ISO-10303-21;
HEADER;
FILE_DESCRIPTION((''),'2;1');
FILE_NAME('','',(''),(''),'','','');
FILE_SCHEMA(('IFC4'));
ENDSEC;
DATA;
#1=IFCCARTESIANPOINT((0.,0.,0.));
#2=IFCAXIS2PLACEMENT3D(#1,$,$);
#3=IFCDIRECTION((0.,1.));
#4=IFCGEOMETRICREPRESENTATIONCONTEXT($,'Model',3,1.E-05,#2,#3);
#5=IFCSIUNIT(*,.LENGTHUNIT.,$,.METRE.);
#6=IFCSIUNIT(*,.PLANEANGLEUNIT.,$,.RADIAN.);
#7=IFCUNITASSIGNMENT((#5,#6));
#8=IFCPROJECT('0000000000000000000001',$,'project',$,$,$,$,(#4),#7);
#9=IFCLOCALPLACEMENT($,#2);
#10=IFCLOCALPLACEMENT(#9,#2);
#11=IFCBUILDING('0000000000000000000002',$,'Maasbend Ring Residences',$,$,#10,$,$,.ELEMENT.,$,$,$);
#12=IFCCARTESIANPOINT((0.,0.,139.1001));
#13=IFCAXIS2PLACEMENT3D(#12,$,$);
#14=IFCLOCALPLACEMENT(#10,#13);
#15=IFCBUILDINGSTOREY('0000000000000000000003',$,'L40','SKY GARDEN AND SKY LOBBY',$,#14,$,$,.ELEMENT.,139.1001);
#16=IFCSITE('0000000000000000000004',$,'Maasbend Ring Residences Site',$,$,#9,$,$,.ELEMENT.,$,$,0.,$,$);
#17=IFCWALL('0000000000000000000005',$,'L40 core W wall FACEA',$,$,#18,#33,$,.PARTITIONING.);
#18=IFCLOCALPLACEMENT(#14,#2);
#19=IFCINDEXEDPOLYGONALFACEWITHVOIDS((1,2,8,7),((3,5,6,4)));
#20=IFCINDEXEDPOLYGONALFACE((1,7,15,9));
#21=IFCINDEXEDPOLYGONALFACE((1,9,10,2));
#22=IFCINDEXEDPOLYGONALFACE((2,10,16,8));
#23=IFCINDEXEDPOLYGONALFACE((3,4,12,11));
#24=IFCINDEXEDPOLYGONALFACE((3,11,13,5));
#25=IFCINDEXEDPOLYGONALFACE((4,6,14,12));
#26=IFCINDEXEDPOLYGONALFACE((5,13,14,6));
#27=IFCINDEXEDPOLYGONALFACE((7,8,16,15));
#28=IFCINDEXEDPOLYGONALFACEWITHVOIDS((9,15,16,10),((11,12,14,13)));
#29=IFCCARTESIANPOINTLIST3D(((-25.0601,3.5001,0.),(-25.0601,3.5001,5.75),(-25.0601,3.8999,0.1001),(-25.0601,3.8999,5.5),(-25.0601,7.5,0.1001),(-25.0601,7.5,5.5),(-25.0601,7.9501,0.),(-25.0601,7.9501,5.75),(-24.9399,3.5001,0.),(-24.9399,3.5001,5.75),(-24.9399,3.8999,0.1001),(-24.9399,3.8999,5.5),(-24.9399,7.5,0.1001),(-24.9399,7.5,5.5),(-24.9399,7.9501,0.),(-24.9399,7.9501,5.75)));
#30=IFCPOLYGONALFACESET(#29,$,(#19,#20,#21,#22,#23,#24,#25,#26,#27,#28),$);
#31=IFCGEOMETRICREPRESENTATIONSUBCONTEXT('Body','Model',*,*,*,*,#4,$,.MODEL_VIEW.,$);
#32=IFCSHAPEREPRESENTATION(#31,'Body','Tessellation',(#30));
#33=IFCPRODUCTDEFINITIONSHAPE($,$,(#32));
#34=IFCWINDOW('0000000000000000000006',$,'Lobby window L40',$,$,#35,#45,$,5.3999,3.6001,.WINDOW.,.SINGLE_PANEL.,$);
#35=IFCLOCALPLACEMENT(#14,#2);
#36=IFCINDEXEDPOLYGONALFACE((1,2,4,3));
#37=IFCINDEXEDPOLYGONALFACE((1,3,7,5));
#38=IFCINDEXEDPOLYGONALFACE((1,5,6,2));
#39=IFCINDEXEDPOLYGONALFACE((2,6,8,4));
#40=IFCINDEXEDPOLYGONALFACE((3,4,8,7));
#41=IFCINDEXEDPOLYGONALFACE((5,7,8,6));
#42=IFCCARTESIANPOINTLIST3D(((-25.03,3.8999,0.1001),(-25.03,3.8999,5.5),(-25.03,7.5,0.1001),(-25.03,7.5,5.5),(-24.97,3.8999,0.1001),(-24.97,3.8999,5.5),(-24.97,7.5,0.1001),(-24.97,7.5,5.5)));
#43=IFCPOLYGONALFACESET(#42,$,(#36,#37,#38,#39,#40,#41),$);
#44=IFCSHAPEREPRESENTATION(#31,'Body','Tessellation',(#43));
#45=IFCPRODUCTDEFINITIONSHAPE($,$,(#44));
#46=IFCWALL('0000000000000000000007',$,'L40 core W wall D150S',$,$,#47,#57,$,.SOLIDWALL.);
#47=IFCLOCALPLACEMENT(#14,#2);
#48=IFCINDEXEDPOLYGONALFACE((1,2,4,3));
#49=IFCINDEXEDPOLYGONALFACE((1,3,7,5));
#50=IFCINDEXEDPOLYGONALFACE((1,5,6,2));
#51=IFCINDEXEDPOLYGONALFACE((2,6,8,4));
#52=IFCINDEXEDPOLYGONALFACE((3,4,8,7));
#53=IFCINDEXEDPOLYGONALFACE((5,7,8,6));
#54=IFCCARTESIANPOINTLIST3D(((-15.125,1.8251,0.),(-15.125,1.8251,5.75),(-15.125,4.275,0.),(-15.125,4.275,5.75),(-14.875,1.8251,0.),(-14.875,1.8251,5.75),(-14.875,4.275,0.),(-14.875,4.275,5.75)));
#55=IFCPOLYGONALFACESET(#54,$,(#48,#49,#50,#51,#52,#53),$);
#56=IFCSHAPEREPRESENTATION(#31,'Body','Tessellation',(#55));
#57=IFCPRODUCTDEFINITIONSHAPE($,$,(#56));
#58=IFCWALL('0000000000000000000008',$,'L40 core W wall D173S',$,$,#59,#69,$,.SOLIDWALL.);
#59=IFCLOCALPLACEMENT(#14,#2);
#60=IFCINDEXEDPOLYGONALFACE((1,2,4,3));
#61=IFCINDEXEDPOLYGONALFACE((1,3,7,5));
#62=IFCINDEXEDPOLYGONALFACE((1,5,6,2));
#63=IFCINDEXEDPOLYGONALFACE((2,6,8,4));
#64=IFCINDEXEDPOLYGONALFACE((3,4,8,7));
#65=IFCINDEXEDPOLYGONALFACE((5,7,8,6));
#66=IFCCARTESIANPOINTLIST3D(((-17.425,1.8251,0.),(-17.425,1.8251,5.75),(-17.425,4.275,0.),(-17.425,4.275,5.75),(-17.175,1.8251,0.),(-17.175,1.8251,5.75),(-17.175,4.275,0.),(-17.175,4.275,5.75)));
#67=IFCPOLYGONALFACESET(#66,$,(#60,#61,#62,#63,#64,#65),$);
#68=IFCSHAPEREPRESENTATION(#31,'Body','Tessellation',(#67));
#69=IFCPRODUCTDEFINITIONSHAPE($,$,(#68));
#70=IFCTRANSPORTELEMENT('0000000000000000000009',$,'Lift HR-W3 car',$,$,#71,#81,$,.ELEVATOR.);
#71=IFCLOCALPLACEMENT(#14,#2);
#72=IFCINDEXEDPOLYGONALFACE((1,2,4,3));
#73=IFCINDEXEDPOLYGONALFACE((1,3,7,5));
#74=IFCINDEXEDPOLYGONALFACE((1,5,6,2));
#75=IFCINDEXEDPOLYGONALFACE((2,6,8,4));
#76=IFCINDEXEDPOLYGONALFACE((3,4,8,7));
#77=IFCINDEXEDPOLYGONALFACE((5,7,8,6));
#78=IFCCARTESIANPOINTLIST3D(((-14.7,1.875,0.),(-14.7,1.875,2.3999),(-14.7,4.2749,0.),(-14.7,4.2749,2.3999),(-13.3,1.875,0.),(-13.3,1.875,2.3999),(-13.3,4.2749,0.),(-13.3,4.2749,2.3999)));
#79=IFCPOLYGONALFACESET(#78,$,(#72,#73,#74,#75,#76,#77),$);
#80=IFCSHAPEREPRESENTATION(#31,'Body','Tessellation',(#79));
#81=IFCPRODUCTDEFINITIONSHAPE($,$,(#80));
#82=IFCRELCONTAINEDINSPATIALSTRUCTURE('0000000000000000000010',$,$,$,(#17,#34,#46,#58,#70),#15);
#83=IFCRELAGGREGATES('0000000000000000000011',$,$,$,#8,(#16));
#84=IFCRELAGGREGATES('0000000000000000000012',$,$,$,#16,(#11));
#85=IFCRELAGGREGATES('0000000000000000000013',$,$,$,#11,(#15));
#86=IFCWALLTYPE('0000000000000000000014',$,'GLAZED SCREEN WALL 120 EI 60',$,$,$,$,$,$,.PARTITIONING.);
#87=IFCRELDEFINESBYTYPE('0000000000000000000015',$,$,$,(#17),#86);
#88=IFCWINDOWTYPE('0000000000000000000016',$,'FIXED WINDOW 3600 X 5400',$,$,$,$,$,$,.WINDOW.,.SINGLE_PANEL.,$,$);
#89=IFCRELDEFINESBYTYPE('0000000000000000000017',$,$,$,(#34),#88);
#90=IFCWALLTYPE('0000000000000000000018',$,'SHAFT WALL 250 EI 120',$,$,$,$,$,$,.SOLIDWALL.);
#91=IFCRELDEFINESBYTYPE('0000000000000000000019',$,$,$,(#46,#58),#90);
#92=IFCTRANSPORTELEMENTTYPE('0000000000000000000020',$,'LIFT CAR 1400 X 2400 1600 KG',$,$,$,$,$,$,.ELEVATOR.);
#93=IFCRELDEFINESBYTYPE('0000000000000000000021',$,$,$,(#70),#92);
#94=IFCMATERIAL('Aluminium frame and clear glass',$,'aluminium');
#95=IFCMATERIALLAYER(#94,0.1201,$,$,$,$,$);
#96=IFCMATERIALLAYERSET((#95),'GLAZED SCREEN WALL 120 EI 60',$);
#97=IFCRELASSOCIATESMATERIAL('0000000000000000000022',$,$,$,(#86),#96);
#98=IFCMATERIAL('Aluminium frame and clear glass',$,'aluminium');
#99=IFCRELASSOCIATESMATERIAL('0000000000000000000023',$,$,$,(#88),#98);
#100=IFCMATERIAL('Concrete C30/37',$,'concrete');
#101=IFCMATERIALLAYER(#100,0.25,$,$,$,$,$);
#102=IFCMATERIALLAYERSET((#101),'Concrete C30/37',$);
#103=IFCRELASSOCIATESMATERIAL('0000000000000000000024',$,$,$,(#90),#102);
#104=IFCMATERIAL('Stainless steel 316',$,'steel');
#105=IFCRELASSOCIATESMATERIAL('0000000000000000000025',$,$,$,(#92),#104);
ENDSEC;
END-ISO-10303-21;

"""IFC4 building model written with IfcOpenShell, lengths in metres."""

from ifc_helpers import new_model, si_unit, direction, frame, frame_2d, origin, origin_2d, place, context, subcontext, project, spatial, rectangle, extrude, material, layer, layer_set, type_object, element, fill, save


model = new_model("IFC4")

# Units and contexts
model_context = context("Model", 3, precision=1e-05, world=origin(), true_north=direction((0.0, 1.0)))
body_context = subcontext(model_context, "Body", "Model", "MODEL_VIEW")
ifc_project = project(units=[si_unit("LENGTHUNIT", "METRE"), si_unit("PLANEANGLEUNIT", "RADIAN")], contexts=[model_context])

# Site, building, storey
site_placement = place(None, origin())
site = spatial("IfcSite", under=ifc_project, at=site_placement, Name="Maasbend Ring Residences Site", CompositionType="ELEMENT", RefElevation=0.0)
building_placement = place(site_placement, origin())
building = spatial("IfcBuilding", under=site, at=building_placement, Name="Maasbend Ring Residences", CompositionType="ELEMENT")
storey_placement = place(building_placement, frame((0.0, 0.0, 139.1001)))
storey = spatial("IfcBuildingStorey", under=building, at=storey_placement, Name="L40", Description="SKY GARDEN AND SKY LOBBY", CompositionType="ELEMENT", Elevation=139.1001)

# Wall, opening, window
ifc_material_1 = material(Name="Aluminium frame and clear glass", Category="aluminium")
ifc_layer_1 = layer(ifc_material_1, 0.1201)
ifc_layer_set_1 = layer_set([ifc_layer_1], Name="GLAZED SCREEN WALL 120 EI 60")
wall_type_1 = type_object("IfcWallType", Name="GLAZED SCREEN WALL 120 EI 60", PredefinedType="PARTITIONING", material=ifc_layer_set_1)
wall_placement = place(storey_placement, frame((-25.0, 3.5, 0.0), z_axis=(0.0, 0.0, 1.0), x_axis=(0.0, 1.0, 0.0)))
wall = element("IfcWall", 1, at=wall_placement, inside=storey, type_object=wall_type_1, Name="L40 core W wall FACEA", PredefinedType="PARTITIONING", context=body_context, shape_type="SweptSolid", body=[
    extrude(rectangle(XDim=4.45, YDim=0.1201, at=frame_2d((2.2251, 0.0))), origin(), (0.0, 0.0, 1.0), 5.75),
])
opening_placement = place(wall_placement, frame((0.3999, 0.0, 0.1001)))
opening = element("IfcOpeningElement", 2, at=opening_placement, cuts=wall, PredefinedType="OPENING", context=body_context, shape_type="SweptSolid", body=[
    extrude(rectangle(XDim=3.6001, YDim=5.3999, at=frame_2d((1.8, 2.7))), frame((0.0, 0.0701, 0.0), z_axis=(0.0, -1.0, 0.0), x_axis=(1.0, 0.0, 0.0)), (0.0, 0.0, 1.0), 0.1401),
])
ifc_material_2 = material(Name="Aluminium frame and clear glass", Category="aluminium")
window_type = type_object("IfcWindowType", Name="FIXED WINDOW 3600 X 5400", PartitioningType="SINGLE_PANEL", PredefinedType="WINDOW", material=ifc_material_2)
window_placement = place(opening_placement, origin())
window = element("IfcWindow", 3, at=window_placement, inside=storey, type_object=window_type, Name="Lobby window L40", OverallHeight=5.3999, OverallWidth=3.6001, PartitioningType="SINGLE_PANEL", PredefinedType="WINDOW", context=body_context, shape_type="SweptSolid", body=[
    extrude(rectangle(XDim=3.6001, YDim=5.3999, at=frame_2d((1.8, 2.7))), frame((0.0, 0.03, 0.0), z_axis=(0.0, -1.0, 0.0), x_axis=(1.0, 0.0, 0.0)), (0.0, 0.0, 1.0), 0.0601),
])
fill(opening, window)

# Walls
ifc_material_3 = material(Name="Concrete C30/37", Category="concrete")
ifc_layer_2 = layer(ifc_material_3, 0.25)
ifc_layer_set_2 = layer_set([ifc_layer_2], Name="Concrete C30/37")
wall_type_2 = type_object("IfcWallType", Name="SHAFT WALL 250 EI 120", PredefinedType="SOLIDWALL", material=ifc_layer_set_2)
for number, where, z_axis, x_axis, name in (
    (4, (-15.0, 1.825, 0.0), (0.0, 0.0, 1.0), (0.0, 1.0, 0.0), "L40 core W wall D150S"),
    (5, (-17.3, 1.825, 0.0), (0.0, 0.0, 1.0), (0.0, 1.0, 0.0), "L40 core W wall D173S"),
):
    element("IfcWall", number, at=place(storey_placement, frame(where, z_axis=z_axis, x_axis=x_axis)), inside=storey, type_object=wall_type_2, Name=name, PredefinedType="SOLIDWALL", context=body_context, shape_type="SweptSolid", body=[
        extrude(rectangle(XDim=2.45, YDim=0.25, at=frame_2d((1.2251, 0.0))), origin(), (0.0, 0.0, 1.0), 5.75),
    ])

# Transport element
ifc_material_4 = material(Name="Stainless steel 316", Category="steel")
transport_element_type = type_object("IfcTransportElementType", Name="LIFT CAR 1400 X 2400 1600 KG", PredefinedType="ELEVATOR", material=ifc_material_4)
transport_element_placement = place(storey_placement, frame((-14.0, 3.075, 0.0), z_axis=(0.0, 0.0, 1.0), x_axis=(1.0, 0.0, 0.0)))
element("IfcTransportElement", 6, at=transport_element_placement, inside=storey, type_object=transport_element_type, Name="Lift HR-W3 car", PredefinedType="ELEVATOR", context=body_context, shape_type="SweptSolid", body=[
    extrude(rectangle(XDim=1.3999, YDim=2.3999, at=origin_2d()), origin(), (0.0, 0.0, 1.0), 2.3999),
])

save(model, "model.ifc")
